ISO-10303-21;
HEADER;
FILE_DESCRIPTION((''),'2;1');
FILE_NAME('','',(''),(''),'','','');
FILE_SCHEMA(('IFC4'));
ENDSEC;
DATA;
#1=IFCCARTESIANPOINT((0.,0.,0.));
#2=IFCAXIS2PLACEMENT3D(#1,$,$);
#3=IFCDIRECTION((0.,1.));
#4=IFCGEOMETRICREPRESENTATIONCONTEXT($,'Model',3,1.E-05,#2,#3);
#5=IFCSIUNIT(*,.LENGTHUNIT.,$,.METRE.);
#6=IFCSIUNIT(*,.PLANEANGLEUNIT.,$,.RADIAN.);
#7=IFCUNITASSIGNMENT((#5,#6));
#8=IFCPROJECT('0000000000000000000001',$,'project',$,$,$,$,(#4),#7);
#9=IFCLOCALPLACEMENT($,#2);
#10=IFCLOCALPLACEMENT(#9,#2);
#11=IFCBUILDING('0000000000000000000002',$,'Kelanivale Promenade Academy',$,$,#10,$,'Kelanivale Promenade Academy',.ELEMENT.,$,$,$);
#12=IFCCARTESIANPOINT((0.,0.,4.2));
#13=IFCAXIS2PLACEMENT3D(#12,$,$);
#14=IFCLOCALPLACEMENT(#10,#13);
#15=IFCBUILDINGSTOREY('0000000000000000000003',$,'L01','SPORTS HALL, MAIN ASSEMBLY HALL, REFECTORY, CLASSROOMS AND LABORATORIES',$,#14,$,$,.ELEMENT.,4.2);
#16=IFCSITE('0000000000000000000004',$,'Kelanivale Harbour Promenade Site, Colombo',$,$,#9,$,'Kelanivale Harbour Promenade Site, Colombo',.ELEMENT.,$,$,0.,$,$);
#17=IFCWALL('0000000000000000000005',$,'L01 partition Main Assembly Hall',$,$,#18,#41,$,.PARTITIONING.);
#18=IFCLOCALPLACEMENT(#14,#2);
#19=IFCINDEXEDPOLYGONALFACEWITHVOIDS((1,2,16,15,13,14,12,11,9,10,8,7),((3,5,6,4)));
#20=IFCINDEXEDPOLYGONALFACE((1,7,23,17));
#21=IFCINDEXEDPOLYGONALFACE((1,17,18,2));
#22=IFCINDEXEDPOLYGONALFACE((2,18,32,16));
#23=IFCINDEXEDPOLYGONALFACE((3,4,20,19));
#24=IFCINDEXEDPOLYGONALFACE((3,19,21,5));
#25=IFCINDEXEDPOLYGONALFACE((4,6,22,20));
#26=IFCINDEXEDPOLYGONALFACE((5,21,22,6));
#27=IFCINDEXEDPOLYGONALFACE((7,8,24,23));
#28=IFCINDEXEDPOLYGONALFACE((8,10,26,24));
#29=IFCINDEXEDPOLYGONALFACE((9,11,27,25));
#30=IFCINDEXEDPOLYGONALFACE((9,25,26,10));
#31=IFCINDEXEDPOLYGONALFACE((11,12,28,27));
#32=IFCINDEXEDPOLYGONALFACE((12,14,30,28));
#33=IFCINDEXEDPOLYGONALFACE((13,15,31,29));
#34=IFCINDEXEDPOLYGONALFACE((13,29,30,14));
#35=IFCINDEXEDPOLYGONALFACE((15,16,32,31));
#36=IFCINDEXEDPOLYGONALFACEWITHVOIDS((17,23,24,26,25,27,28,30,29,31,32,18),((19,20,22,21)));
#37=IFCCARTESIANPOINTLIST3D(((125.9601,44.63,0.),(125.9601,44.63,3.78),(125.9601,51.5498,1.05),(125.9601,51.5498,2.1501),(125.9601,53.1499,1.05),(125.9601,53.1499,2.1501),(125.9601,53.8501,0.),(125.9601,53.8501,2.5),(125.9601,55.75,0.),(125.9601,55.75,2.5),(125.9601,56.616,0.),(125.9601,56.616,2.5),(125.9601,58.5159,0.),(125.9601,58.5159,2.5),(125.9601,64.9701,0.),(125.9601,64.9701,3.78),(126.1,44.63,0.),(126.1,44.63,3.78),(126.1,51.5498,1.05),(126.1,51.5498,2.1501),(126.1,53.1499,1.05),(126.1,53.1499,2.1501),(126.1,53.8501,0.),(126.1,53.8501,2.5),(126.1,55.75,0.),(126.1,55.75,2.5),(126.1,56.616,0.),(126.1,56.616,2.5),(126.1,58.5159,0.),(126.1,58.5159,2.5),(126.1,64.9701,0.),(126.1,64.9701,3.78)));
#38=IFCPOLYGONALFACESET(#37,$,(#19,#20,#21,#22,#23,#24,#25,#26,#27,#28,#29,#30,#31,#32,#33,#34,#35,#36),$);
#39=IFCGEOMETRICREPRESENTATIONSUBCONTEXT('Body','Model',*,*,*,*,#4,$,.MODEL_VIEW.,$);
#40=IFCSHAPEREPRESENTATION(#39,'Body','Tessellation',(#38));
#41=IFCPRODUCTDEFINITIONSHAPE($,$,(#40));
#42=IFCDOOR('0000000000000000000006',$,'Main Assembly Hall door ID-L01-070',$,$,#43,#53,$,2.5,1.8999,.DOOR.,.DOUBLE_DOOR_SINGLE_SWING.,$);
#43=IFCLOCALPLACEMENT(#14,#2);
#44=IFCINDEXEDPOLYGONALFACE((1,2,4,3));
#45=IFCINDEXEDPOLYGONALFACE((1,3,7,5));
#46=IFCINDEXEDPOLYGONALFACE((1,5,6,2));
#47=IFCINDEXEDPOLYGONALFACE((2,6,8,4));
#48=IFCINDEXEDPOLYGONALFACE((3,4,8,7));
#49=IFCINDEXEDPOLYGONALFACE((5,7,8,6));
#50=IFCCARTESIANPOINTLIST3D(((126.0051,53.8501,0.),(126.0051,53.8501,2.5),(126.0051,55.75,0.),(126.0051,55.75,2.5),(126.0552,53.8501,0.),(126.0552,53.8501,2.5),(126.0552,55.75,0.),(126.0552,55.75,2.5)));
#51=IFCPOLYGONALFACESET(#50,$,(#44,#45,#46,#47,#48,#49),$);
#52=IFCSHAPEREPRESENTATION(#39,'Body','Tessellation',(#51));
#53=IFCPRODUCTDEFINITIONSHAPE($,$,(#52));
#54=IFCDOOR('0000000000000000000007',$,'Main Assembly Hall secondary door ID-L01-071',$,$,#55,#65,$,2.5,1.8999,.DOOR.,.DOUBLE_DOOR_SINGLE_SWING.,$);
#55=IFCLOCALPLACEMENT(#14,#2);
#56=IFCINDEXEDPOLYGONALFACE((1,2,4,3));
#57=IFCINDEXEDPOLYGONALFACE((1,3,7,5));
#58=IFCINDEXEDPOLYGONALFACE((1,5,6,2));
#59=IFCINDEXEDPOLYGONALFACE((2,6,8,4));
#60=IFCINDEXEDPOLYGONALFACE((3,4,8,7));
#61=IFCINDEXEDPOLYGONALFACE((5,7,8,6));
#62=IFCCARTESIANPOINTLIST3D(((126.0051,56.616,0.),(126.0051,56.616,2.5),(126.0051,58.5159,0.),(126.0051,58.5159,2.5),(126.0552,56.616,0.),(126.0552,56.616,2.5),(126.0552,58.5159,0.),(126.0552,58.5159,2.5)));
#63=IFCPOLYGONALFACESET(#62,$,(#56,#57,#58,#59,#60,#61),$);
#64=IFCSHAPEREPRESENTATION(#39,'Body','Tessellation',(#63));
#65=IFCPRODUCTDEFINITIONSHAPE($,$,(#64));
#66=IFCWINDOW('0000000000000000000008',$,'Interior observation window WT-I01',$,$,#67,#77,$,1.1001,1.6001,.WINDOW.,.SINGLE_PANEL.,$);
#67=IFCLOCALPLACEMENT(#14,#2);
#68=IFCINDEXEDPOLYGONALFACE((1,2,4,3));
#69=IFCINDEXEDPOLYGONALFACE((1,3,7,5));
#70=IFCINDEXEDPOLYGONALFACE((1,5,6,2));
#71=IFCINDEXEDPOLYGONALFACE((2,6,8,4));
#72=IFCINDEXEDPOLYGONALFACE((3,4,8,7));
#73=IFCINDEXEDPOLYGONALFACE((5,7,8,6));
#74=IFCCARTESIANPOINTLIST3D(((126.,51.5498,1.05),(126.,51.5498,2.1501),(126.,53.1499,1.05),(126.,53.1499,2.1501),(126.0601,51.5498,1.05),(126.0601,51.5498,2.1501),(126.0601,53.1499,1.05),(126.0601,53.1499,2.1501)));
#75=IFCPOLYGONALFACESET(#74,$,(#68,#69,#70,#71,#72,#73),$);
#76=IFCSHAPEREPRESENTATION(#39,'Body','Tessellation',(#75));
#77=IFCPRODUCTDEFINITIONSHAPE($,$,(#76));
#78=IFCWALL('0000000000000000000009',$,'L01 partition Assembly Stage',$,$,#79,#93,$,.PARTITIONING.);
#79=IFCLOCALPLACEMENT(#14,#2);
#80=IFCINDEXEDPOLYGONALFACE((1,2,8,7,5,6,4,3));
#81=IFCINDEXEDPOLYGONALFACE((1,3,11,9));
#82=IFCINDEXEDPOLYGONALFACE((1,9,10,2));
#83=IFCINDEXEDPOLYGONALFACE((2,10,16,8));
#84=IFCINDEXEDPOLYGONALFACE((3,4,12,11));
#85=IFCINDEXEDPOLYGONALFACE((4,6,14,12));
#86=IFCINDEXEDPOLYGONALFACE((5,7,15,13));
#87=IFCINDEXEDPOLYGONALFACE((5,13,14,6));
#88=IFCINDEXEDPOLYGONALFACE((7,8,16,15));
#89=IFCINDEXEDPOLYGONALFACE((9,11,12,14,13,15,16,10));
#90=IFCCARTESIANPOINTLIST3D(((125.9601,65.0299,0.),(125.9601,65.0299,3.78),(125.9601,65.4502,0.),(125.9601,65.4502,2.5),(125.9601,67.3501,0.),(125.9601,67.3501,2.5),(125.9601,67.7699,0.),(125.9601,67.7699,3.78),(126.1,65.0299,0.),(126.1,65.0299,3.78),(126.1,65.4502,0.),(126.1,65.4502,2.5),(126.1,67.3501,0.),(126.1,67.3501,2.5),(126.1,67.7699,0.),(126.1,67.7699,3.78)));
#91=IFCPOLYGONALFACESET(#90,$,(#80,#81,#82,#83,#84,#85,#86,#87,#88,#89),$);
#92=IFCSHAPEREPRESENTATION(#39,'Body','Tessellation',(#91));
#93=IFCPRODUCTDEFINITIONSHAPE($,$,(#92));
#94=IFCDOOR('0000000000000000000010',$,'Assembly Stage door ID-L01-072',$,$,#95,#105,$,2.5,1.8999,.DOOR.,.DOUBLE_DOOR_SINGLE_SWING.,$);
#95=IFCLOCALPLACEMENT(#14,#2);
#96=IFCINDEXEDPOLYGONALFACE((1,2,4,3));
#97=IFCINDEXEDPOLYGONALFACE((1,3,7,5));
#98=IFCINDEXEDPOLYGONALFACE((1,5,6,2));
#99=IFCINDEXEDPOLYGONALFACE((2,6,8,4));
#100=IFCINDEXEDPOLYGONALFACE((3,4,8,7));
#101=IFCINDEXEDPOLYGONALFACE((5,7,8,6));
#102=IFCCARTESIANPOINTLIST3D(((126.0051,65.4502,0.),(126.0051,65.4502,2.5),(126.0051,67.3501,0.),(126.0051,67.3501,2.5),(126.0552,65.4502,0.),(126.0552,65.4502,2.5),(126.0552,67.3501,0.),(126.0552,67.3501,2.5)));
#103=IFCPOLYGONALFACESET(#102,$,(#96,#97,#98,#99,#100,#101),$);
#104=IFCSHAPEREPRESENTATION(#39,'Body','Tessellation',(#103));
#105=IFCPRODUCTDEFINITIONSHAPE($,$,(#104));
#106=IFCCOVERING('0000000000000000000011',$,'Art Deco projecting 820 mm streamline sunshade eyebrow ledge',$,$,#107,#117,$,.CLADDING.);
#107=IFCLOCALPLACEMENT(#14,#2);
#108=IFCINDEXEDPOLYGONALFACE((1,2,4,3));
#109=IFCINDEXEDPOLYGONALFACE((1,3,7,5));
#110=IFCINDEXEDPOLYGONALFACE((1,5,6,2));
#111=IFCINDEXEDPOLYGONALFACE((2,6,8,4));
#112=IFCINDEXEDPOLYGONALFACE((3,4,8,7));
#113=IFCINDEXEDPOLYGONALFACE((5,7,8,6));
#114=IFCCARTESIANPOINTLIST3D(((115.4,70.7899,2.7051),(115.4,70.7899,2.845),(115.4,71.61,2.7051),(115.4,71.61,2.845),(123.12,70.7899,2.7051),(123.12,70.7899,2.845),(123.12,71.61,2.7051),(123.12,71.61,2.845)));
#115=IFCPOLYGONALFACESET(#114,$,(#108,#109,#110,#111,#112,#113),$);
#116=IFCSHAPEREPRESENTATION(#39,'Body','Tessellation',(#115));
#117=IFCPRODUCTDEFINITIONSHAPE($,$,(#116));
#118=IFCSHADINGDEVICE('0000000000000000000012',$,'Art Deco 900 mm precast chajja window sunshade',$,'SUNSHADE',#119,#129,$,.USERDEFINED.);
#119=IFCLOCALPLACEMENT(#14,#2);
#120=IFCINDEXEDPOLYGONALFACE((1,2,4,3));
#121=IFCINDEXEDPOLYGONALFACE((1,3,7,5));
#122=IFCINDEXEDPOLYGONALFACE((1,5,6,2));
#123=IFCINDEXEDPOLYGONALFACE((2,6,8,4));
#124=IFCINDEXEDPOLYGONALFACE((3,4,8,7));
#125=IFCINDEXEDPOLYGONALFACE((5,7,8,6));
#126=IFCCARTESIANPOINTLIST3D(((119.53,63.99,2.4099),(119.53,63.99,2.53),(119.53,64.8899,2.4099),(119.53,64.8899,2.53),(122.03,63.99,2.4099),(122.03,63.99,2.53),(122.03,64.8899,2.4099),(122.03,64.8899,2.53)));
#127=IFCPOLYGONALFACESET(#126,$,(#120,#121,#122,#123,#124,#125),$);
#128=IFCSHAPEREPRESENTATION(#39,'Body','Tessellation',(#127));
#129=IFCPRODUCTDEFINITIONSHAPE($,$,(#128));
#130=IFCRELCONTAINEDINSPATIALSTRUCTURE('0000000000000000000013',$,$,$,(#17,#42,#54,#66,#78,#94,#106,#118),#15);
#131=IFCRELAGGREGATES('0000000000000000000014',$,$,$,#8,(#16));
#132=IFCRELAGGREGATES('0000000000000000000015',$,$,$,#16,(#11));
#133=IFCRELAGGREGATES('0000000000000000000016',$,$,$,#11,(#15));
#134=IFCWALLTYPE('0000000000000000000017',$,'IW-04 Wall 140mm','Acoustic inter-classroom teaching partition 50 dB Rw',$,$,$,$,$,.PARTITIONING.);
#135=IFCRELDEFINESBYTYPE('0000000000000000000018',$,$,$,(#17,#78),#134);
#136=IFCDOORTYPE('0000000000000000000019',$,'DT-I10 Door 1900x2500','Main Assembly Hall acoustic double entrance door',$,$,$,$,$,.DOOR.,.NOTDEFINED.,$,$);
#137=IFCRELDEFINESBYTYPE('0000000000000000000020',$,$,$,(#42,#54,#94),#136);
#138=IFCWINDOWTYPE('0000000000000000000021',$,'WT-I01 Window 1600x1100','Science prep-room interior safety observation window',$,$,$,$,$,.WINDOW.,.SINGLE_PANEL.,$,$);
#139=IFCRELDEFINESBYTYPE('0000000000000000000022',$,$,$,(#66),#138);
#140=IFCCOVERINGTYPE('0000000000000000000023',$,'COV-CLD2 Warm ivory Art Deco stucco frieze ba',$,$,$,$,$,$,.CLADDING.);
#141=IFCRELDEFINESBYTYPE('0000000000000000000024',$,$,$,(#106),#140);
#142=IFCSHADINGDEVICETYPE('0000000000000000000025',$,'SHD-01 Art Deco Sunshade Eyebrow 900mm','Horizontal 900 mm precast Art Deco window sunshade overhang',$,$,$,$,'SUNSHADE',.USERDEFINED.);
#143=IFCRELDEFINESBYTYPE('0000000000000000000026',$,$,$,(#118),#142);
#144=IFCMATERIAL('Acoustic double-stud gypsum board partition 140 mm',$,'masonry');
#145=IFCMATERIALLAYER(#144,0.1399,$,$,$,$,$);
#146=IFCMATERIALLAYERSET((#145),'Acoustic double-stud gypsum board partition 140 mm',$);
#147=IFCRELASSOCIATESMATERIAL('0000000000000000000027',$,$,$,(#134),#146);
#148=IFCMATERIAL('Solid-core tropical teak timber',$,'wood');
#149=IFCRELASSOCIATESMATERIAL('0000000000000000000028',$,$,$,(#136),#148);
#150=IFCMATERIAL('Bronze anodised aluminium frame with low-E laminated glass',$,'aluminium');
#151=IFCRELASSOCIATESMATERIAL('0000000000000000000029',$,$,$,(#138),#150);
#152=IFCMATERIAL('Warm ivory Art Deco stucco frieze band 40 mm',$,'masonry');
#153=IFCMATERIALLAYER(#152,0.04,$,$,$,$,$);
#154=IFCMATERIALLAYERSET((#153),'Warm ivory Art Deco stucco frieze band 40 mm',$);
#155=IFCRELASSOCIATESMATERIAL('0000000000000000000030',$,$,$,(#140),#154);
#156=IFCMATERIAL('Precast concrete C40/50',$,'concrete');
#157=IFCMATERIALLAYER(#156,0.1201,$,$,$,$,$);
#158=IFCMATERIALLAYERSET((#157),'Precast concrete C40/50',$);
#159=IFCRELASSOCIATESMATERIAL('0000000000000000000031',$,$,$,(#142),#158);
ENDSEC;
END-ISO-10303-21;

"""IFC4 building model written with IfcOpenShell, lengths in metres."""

from ifc_helpers import new_model, si_unit, direction, frame, frame_2d, origin, origin_2d, place, context, subcontext, project, spatial, rectangle, extrude, material, layer, layer_set, type_object, element, fill, save


model = new_model("IFC4")

# Units and contexts
model_context = context("Model", 3, precision=1e-05, world=origin(), true_north=direction((0.0, 1.0)))
body_context = subcontext(model_context, "Body", "Model", "MODEL_VIEW")
ifc_project = project(units=[si_unit("LENGTHUNIT", "METRE"), si_unit("PLANEANGLEUNIT", "RADIAN")], contexts=[model_context])

# Site, building, storey
site_placement = place(None, origin())
site = spatial("IfcSite", under=ifc_project, at=site_placement, Name="Kelanivale Harbour Promenade Site, Colombo", LongName="Kelanivale Harbour Promenade Site, Colombo", CompositionType="ELEMENT", RefElevation=0.0)
building_placement = place(site_placement, origin())
building = spatial("IfcBuilding", under=site, at=building_placement, Name="Kelanivale Promenade Academy", LongName="Kelanivale Promenade Academy", CompositionType="ELEMENT")
storey_placement = place(building_placement, frame((0.0, 0.0, 4.2)))
storey = spatial("IfcBuildingStorey", under=building, at=storey_placement, Name="L01", Description="SPORTS HALL, MAIN ASSEMBLY HALL, REFECTORY, CLASSROOMS AND LABORATORIES", CompositionType="ELEMENT", Elevation=4.2)

# Shared definitions
ifc_material_1 = material(Name="Bronze anodised aluminium frame with low-E laminated glass", Category="aluminium")

# Wall, openings, doors, window
ifc_material_2 = material(Name="Acoustic double-stud gypsum board partition 140 mm", Category="masonry")
ifc_layer_1 = layer(ifc_material_2, 0.1399)
ifc_layer_set_1 = layer_set([ifc_layer_1], Name="Acoustic double-stud gypsum board partition 140 mm")
wall_type_1 = type_object("IfcWallType", Name="IW-04 Wall 140mm", Description="Acoustic inter-classroom teaching partition 50 dB Rw", PredefinedType="PARTITIONING", material=ifc_layer_set_1)
wall_1_placement = place(storey_placement, frame((126.03, 64.97, 0.0), z_axis=(0.0, 0.0, 1.0), x_axis=(0.0, -1.0, 0.0)))
wall_1 = element("IfcWall", 1, at=wall_1_placement, inside=storey, type_object=wall_type_1, Name="L01 partition Main Assembly Hall", PredefinedType="PARTITIONING", context=body_context, shape_type="SweptSolid", body=[
    extrude(rectangle(XDim=20.3401, YDim=0.1399, at=frame_2d((10.1699, 0.0))), origin(), (0.0, 0.0, 1.0), 3.78),
])
opening_1_placement = place(wall_1_placement, frame((9.22, 0.0, 0.0)))
opening_1 = element("IfcOpeningElement", 2, at=opening_1_placement, cuts=wall_1, PredefinedType="OPENING", context=body_context, shape_type="SweptSolid", body=[
    extrude(rectangle(XDim=1.8999, YDim=2.5, at=frame_2d((0.95, 1.25))), frame((0.0, 0.0801, 0.0), z_axis=(0.0, -1.0, 0.0), x_axis=(1.0, 0.0, 0.0)), (0.0, 0.0, 1.0), 0.1599),
])
opening_2_placement = place(wall_1_placement, frame((6.4541, 0.0, 0.0)))
opening_2 = element("IfcOpeningElement", 3, at=opening_2_placement, cuts=wall_1, PredefinedType="OPENING", context=body_context, shape_type="SweptSolid", body=[
    extrude(rectangle(XDim=1.8999, YDim=2.5, at=frame_2d((0.95, 1.25))), frame((0.0, 0.0801, 0.0), z_axis=(0.0, -1.0, 0.0), x_axis=(1.0, 0.0, 0.0)), (0.0, 0.0, 1.0), 0.1599),
])
opening_3_placement = place(wall_1_placement, frame((11.8201, 0.0, 1.05)))
opening_3 = element("IfcOpeningElement", 4, at=opening_3_placement, cuts=wall_1, PredefinedType="OPENING", context=body_context, shape_type="SweptSolid", body=[
    extrude(rectangle(XDim=1.6001, YDim=1.1001, at=frame_2d((0.8, 0.55))), frame((0.0, 0.0801, 0.0), z_axis=(0.0, -1.0, 0.0), x_axis=(1.0, 0.0, 0.0)), (0.0, 0.0, 1.0), 0.1599),
])
ifc_material_3 = material(Name="Solid-core tropical teak timber", Category="wood")
door_type = type_object("IfcDoorType", Name="DT-I10 Door 1900x2500", Description="Main Assembly Hall acoustic double entrance door", OperationType="NOTDEFINED", PredefinedType="DOOR", material=ifc_material_3)
door_1_placement = place(opening_1_placement, frame((1.8999, 0.0, 0.0), z_axis=(0.0, 0.0, 1.0), x_axis=(-1.0, 0.0, 0.0)))
door_1 = element("IfcDoor", 5, at=door_1_placement, inside=storey, type_object=door_type, Name="Main Assembly Hall door ID-L01-070", OperationType="DOUBLE_DOOR_SINGLE_SWING", OverallHeight=2.5, OverallWidth=1.8999, PredefinedType="DOOR", context=body_context, shape_type="SweptSolid", body=[
    extrude(rectangle(XDim=1.8999, YDim=2.5, at=frame_2d((0.95, 1.25))), frame((0.0, 0.0249, 0.0), z_axis=(0.0, -1.0, 0.0), x_axis=(1.0, 0.0, 0.0)), (0.0, 0.0, 1.0), 0.05),
])
fill(opening_1, door_1)
door_2_placement = place(opening_2_placement, frame((1.8999, 0.0, 0.0), z_axis=(0.0, 0.0, 1.0), x_axis=(-1.0, 0.0, 0.0)))
door_2 = element("IfcDoor", 6, at=door_2_placement, inside=storey, type_object=door_type, Name="Main Assembly Hall secondary door ID-L01-071", OperationType="DOUBLE_DOOR_SINGLE_SWING", OverallHeight=2.5, OverallWidth=1.8999, PredefinedType="DOOR", context=body_context, shape_type="SweptSolid", body=[
    extrude(rectangle(XDim=1.8999, YDim=2.5, at=frame_2d((0.95, 1.25))), frame((0.0, 0.0249, 0.0), z_axis=(0.0, -1.0, 0.0), x_axis=(1.0, 0.0, 0.0)), (0.0, 0.0, 1.0), 0.05),
])
fill(opening_2, door_2)
window_type_1 = type_object("IfcWindowType", Name="WT-I01 Window 1600x1100", Description="Science prep-room interior safety observation window", PartitioningType="SINGLE_PANEL", PredefinedType="WINDOW", material=ifc_material_1)
window_1_placement = place(opening_3_placement, origin())
window_1 = element("IfcWindow", 7, at=window_1_placement, inside=storey, type_object=window_type_1, Name="Interior observation window WT-I01", OverallHeight=1.1001, OverallWidth=1.6001, PartitioningType="SINGLE_PANEL", PredefinedType="WINDOW", context=body_context, shape_type="SweptSolid", body=[
    extrude(rectangle(XDim=1.6001, YDim=1.1001, at=frame_2d((0.8, 0.55))), frame((0.0, 0.03, 0.0), z_axis=(0.0, -1.0, 0.0), x_axis=(1.0, 0.0, 0.0)), (0.0, 0.0, 1.0), 0.0601),
])
fill(opening_3, window_1)

# Wall, opening, door
wall_2_placement = place(storey_placement, frame((126.03, 67.77, 0.0), z_axis=(0.0, 0.0, 1.0), x_axis=(0.0, -1.0, 0.0)))
wall_2 = element("IfcWall", 8, at=wall_2_placement, inside=storey, type_object=wall_type_1, Name="L01 partition Assembly Stage", PredefinedType="PARTITIONING", context=body_context, shape_type="SweptSolid", body=[
    extrude(rectangle(XDim=2.74, YDim=0.1399, at=frame_2d((1.3701, 0.0))), origin(), (0.0, 0.0, 1.0), 3.78),
])
opening_4_placement = place(wall_2_placement, frame((0.4199, 0.0, 0.0)))
opening_4 = element("IfcOpeningElement", 9, at=opening_4_placement, cuts=wall_2, PredefinedType="OPENING", context=body_context, shape_type="SweptSolid", body=[
    extrude(rectangle(XDim=1.8999, YDim=2.5, at=frame_2d((0.95, 1.25))), frame((0.0, 0.0801, 0.0), z_axis=(0.0, -1.0, 0.0), x_axis=(1.0, 0.0, 0.0)), (0.0, 0.0, 1.0), 0.1599),
])
door_3_placement = place(opening_4_placement, frame((1.8999, 0.0, 0.0), z_axis=(0.0, 0.0, 1.0), x_axis=(-1.0, 0.0, 0.0)))
door_3 = element("IfcDoor", 10, at=door_3_placement, inside=storey, type_object=door_type, Name="Assembly Stage door ID-L01-072", OperationType="DOUBLE_DOOR_SINGLE_SWING", OverallHeight=2.5, OverallWidth=1.8999, PredefinedType="DOOR", context=body_context, shape_type="SweptSolid", body=[
    extrude(rectangle(XDim=1.8999, YDim=2.5, at=frame_2d((0.95, 1.25))), frame((0.0, 0.0249, 0.0), z_axis=(0.0, -1.0, 0.0), x_axis=(1.0, 0.0, 0.0)), (0.0, 0.0, 1.0), 0.05),
])
fill(opening_4, door_3)

# Covering
ifc_material_4 = material(Name="Warm ivory Art Deco stucco frieze band 40 mm", Category="masonry")
ifc_layer_2 = layer(ifc_material_4, 0.04)
ifc_layer_set_2 = layer_set([ifc_layer_2], Name="Warm ivory Art Deco stucco frieze band 40 mm")
covering_type = type_object("IfcCoveringType", Name="COV-CLD2 Warm ivory Art Deco stucco frieze ba", PredefinedType="CLADDING", material=ifc_layer_set_2)
covering_placement = place(storey_placement, frame((119.26, 71.2, 2.7051), z_axis=(0.0, 0.0, 1.0), x_axis=(1.0, 0.0, 0.0)))
element("IfcCovering", 11, at=covering_placement, inside=storey, type_object=covering_type, Name="Art Deco projecting 820 mm streamline sunshade eyebrow ledge", PredefinedType="CLADDING", context=body_context, shape_type="SweptSolid", body=[
    extrude(rectangle(XDim=7.72, YDim=0.8201, at=origin_2d()), origin(), (0.0, 0.0, 1.0), 0.1399),
])

# Shading device
ifc_material_5 = material(Name="Precast concrete C40/50", Category="concrete")
ifc_layer_3 = layer(ifc_material_5, 0.1201)
ifc_layer_set_3 = layer_set([ifc_layer_3], Name="Precast concrete C40/50")
shading_device_type = type_object("IfcShadingDeviceType", Name="SHD-01 Art Deco Sunshade Eyebrow 900mm", Description="Horizontal 900 mm precast Art Deco window sunshade overhang", ElementType="SUNSHADE", PredefinedType="USERDEFINED", material=ifc_layer_set_3)
shading_device_placement = place(storey_placement, frame((120.78, 64.4399, 2.4099), z_axis=(0.0, 0.0, 1.0), x_axis=(-1.0, 0.0, 0.0)))
element("IfcShadingDevice", 12, at=shading_device_placement, inside=storey, type_object=shading_device_type, Name="Art Deco 900 mm precast chajja window sunshade", ObjectType="SUNSHADE", PredefinedType="USERDEFINED", context=body_context, shape_type="SweptSolid", body=[
    extrude(rectangle(XDim=2.5, YDim=0.8999, at=origin_2d()), origin(), (0.0, 0.0, 1.0), 0.1201),
])

save(model, "model.ifc")
